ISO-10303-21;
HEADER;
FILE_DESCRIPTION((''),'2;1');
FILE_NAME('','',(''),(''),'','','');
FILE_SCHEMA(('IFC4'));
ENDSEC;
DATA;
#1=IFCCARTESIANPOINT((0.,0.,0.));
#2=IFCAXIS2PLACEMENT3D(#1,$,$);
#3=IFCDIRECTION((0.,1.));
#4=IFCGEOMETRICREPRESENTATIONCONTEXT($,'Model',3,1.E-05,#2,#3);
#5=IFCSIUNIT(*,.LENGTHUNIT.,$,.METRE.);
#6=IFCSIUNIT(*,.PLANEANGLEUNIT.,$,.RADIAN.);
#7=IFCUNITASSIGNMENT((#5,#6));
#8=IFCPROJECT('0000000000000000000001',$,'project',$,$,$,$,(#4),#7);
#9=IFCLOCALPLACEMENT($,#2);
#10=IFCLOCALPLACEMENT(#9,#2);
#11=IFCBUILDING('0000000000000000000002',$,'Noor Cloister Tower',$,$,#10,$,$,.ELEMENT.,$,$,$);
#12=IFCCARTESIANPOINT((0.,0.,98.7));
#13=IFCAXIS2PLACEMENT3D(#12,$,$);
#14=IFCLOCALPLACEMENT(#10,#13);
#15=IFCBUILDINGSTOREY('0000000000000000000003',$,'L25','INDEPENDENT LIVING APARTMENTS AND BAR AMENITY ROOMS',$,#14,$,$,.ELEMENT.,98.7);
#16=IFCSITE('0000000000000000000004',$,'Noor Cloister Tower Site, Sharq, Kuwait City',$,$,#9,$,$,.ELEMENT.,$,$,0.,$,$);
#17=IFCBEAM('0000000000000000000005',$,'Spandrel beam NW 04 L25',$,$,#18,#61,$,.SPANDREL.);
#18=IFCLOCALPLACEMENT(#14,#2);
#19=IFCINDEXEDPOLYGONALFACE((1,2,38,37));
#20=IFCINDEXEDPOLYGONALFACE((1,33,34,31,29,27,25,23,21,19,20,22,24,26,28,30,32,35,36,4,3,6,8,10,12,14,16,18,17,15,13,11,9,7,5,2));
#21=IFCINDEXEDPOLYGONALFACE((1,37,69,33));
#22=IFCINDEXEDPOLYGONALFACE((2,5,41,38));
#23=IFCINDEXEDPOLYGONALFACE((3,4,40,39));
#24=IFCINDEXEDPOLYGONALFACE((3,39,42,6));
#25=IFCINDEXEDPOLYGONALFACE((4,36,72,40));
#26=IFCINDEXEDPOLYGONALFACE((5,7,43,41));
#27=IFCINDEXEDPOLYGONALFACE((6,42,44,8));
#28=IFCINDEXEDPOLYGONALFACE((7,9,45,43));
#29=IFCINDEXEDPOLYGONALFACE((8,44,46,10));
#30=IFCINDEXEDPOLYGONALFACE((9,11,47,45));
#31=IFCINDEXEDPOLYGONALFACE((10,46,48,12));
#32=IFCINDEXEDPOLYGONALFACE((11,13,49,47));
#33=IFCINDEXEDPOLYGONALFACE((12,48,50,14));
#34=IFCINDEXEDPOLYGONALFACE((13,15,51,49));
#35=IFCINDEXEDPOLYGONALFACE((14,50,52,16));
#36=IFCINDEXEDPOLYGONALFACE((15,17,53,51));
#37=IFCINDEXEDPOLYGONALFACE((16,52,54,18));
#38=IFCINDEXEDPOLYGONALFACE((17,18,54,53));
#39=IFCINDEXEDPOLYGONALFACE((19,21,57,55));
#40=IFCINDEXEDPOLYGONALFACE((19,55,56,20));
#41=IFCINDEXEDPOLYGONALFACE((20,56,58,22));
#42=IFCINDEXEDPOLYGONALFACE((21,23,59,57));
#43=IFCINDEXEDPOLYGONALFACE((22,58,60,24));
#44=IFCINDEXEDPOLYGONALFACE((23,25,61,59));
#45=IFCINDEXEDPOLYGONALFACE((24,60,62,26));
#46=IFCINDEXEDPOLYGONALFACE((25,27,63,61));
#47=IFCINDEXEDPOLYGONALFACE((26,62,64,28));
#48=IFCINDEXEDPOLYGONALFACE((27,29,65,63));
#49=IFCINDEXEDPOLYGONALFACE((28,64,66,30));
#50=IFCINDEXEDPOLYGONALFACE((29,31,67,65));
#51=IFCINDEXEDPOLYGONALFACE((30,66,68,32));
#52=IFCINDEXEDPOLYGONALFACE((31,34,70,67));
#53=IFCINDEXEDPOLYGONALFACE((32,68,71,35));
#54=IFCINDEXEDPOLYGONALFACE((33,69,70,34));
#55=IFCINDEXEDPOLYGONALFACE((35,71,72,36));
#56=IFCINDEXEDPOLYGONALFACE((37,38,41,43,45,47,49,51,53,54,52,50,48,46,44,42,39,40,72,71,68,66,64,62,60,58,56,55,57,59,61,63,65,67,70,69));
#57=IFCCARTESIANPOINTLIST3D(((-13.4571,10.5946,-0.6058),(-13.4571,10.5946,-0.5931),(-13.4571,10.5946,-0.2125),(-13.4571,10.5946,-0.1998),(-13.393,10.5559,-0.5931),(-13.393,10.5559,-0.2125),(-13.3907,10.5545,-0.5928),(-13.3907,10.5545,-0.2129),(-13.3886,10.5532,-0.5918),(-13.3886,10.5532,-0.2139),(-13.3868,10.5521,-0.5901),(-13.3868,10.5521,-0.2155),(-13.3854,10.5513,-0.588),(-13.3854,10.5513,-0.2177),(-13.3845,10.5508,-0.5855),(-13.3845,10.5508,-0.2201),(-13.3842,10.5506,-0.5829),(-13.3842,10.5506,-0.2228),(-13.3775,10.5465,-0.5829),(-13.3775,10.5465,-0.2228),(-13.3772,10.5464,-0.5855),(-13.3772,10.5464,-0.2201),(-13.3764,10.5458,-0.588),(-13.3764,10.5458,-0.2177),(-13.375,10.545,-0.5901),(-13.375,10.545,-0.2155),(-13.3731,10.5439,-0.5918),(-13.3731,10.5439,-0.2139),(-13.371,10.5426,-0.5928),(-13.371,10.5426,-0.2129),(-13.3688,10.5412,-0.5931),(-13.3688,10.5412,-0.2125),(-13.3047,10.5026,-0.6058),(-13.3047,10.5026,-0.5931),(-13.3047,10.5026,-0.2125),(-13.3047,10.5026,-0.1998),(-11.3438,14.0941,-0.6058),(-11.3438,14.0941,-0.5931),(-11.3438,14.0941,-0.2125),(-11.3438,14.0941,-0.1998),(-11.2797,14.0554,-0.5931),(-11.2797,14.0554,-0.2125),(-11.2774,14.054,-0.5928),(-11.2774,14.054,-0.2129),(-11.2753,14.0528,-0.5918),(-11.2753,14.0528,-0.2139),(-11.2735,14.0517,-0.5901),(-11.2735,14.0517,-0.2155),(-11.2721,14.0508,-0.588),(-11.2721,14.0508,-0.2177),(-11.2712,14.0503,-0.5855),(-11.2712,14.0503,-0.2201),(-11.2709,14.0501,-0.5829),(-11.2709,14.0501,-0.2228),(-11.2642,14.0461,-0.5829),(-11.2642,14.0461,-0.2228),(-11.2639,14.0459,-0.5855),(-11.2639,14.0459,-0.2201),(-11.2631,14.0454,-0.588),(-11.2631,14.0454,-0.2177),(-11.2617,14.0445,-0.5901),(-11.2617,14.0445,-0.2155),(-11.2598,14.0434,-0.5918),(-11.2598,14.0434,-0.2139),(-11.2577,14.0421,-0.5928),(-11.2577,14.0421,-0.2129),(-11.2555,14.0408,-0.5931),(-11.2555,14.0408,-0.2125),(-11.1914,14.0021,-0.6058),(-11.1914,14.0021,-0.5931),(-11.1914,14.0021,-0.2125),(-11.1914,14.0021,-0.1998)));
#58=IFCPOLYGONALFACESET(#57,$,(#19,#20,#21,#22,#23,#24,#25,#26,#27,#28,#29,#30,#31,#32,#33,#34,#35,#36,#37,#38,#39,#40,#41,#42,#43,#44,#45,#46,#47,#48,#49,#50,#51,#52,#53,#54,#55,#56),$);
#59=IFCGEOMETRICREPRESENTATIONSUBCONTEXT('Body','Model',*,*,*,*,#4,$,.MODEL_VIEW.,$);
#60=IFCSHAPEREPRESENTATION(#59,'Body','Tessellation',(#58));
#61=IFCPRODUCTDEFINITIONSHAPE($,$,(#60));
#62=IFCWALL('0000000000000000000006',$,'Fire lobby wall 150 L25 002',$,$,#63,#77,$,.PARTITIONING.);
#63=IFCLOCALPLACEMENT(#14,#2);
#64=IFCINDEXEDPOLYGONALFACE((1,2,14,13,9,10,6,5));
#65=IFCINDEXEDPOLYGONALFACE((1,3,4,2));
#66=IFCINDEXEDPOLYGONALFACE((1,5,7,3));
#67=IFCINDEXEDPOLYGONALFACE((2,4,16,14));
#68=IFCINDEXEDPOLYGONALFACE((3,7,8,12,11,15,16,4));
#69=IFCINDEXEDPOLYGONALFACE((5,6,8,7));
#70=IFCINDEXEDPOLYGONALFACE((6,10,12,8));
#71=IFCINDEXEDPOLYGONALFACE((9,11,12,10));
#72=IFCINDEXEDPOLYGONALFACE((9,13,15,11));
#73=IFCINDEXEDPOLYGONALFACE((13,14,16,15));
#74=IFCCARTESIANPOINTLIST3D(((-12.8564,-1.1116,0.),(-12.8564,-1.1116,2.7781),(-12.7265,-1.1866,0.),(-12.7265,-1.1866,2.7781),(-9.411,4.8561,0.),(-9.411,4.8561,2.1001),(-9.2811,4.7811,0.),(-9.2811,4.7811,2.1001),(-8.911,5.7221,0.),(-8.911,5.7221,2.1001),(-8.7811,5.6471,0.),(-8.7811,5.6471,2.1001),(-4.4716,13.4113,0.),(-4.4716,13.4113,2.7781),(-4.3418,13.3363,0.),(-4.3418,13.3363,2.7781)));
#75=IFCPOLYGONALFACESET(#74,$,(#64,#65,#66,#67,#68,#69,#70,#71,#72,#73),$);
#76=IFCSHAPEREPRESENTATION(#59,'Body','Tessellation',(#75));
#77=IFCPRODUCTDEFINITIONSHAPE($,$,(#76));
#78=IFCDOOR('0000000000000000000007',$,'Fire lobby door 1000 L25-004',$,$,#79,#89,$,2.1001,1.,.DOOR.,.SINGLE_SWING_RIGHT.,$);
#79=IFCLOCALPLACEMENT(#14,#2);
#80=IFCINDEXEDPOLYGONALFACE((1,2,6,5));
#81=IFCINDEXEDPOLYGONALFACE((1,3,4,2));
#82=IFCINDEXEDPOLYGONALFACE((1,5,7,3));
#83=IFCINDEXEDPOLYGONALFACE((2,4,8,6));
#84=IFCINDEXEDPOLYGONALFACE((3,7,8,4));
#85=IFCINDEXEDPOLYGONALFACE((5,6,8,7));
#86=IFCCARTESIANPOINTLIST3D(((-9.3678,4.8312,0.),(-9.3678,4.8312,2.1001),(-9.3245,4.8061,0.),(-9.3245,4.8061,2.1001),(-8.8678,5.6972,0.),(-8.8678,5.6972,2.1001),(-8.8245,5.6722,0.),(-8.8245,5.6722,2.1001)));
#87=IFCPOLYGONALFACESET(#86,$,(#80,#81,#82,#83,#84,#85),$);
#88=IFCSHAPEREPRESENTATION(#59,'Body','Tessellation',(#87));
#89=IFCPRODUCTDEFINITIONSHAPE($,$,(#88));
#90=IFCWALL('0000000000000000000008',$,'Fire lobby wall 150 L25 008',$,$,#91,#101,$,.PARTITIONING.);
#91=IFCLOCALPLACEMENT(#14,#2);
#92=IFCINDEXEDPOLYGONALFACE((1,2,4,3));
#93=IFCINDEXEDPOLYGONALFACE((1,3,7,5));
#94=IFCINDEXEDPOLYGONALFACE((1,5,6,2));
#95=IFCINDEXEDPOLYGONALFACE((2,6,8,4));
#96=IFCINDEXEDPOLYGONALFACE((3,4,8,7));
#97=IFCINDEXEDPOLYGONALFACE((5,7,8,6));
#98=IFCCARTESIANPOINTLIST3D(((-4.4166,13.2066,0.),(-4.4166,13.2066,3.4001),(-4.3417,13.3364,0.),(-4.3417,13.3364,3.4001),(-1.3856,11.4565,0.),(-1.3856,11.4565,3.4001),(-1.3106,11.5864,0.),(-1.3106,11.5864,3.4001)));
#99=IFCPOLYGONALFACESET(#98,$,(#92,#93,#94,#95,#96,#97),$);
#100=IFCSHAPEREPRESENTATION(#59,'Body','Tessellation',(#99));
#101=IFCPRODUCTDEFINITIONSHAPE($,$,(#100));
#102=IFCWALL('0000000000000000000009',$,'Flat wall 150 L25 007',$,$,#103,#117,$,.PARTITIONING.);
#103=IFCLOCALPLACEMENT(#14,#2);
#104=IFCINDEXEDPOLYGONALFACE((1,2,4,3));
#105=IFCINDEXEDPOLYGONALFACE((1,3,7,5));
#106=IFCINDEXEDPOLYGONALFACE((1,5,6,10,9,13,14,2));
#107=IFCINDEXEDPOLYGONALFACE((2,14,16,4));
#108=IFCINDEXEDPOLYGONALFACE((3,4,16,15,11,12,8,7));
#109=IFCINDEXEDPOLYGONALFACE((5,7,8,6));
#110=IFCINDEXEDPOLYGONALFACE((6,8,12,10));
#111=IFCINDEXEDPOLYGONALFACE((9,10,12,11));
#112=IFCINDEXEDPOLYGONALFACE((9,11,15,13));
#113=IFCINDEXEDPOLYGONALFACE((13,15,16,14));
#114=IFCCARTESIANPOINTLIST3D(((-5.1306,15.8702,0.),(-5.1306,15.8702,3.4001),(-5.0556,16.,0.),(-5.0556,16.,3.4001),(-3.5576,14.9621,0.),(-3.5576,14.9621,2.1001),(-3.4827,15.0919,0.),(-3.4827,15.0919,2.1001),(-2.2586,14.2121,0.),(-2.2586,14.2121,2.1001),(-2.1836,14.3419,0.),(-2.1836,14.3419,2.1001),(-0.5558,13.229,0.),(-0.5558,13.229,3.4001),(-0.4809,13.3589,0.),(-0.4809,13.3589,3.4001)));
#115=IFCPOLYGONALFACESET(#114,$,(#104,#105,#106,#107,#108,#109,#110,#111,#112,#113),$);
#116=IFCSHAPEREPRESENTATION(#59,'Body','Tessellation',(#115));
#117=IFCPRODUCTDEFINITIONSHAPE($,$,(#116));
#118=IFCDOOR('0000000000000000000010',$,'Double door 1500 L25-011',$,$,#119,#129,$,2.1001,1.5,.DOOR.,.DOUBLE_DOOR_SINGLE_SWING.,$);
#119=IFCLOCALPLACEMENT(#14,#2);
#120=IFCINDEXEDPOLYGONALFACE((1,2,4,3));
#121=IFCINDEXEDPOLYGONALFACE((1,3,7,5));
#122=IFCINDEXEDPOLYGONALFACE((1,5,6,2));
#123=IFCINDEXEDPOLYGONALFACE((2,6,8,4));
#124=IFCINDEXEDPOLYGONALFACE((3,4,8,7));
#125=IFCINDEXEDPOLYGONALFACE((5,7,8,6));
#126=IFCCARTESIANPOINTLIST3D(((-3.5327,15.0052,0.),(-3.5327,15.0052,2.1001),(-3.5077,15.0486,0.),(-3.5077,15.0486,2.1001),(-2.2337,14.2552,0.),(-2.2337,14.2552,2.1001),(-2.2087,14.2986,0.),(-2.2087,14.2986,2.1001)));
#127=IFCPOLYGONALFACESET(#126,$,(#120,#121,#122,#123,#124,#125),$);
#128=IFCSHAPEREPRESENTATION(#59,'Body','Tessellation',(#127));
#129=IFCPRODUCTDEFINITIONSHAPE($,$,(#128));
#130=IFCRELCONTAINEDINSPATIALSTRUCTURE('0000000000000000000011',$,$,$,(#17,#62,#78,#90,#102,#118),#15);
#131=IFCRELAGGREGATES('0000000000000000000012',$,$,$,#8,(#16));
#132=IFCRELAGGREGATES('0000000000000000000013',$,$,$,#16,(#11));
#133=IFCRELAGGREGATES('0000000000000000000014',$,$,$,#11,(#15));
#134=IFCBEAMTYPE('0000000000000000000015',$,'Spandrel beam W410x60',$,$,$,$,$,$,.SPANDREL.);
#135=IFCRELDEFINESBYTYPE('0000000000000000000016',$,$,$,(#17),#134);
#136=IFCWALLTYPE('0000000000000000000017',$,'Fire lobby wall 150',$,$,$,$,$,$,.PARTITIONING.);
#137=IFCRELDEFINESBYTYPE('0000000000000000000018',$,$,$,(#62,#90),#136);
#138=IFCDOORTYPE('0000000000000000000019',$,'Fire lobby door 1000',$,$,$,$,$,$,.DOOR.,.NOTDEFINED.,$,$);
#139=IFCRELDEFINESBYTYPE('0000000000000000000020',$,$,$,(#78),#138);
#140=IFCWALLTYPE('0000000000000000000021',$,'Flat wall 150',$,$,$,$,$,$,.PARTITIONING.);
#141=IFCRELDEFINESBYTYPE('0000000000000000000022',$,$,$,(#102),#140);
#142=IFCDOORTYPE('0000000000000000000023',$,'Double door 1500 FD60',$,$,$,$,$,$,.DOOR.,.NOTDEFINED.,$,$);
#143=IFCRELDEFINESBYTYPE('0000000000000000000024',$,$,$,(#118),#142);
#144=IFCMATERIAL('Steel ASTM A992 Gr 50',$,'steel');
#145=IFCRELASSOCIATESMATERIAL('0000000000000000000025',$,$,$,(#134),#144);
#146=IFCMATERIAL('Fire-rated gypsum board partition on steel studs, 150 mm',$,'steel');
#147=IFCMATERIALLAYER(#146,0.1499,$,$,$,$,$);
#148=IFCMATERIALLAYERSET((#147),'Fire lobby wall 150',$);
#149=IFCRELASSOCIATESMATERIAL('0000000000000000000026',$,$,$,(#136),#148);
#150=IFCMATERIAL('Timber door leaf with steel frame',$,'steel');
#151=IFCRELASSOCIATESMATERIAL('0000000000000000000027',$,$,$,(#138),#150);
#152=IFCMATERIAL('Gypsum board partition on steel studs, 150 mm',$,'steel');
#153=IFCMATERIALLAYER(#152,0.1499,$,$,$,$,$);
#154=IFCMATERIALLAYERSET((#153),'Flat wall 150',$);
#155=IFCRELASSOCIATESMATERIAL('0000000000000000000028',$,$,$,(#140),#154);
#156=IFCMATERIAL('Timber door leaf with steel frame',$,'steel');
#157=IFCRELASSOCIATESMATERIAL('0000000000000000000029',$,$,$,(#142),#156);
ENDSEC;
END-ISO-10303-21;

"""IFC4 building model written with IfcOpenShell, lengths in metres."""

from ifc_helpers import new_model, si_unit, direction, frame, frame_2d, origin, origin_2d, place, context, subcontext, project, spatial, rectangle, i_section, extrude, material, layer, layer_set, material_profile, profile_set, type_object, element, fill, save


model = new_model("IFC4")

# Units and contexts
model_context = context("Model", 3, precision=1e-05, world=origin(), true_north=direction((0.0, 1.0)))
body_context = subcontext(model_context, "Body", "Model", "MODEL_VIEW")
ifc_project = project(units=[si_unit("LENGTHUNIT", "METRE"), si_unit("PLANEANGLEUNIT", "RADIAN")], contexts=[model_context])

# Site, building, storey
site_placement = place(None, origin())
site = spatial("IfcSite", under=ifc_project, at=site_placement, Name="Noor Cloister Tower Site, Sharq, Kuwait City", CompositionType="ELEMENT", RefElevation=0.0)
building_placement = place(site_placement, origin())
building = spatial("IfcBuilding", under=site, at=building_placement, Name="Noor Cloister Tower", CompositionType="ELEMENT")
storey_placement = place(building_placement, frame((0.0, 0.0, 98.7)))
storey = spatial("IfcBuildingStorey", under=building, at=storey_placement, Name="L25", Description="INDEPENDENT LIVING APARTMENTS AND BAR AMENITY ROOMS", CompositionType="ELEMENT", Elevation=98.7)

# Beam
ifc_material_1 = material(Name="Steel ASTM A992 Gr 50", Category="steel")
ifc_material_profile_1 = material_profile(ifc_material_1, i_section(OverallWidth=0.178, OverallDepth=0.406, WebThickness=0.0078, FlangeThickness=0.0127, FilletRadius=0.0103, at=origin_2d()), Name="W410x60")
ifc_profile_set_1 = profile_set([ifc_material_profile_1], Name="Steel ASTM A992 Gr 50")
beam_type_1 = type_object("IfcBeamType", Name="Spandrel beam W410x60", PredefinedType="SPANDREL", material=ifc_profile_set_1)
for number, where, z_axis, x_axis, name in (
    (1, (-11.2676, 14.0481, -0.4028), (-0.516935, -0.856025, 0.0), (0.856025, -0.516935, 0.0), "Spandrel beam NW 04 L25"),
):
    element("IfcBeam", number, at=place(storey_placement, frame(where, z_axis=z_axis, x_axis=x_axis)), inside=storey, type_object=beam_type_1, Name=name, PredefinedType="SPANDREL", context=body_context, shape_type="SweptSolid", body=[
        extrude(i_section(OverallWidth=0.178, OverallDepth=0.406, WebThickness=0.0078, FlangeThickness=0.0127, FilletRadius=0.0103, at=origin_2d()), origin(), (0.0, 0.0, 1.0), 4.0881),
    ])

# Wall, opening, door
ifc_material_2 = material(Name="Fire-rated gypsum board partition on steel studs, 150 mm", Category="steel")
ifc_layer_1 = layer(ifc_material_2, 0.1499)
ifc_layer_set_1 = layer_set([ifc_layer_1], Name="Fire lobby wall 150")
wall_type_1 = type_object("IfcWallType", Name="Fire lobby wall 150", PredefinedType="PARTITIONING", material=ifc_layer_set_1)
wall_1_placement = place(storey_placement, frame((-4.4067, 13.3738, 0.0), z_axis=(0.0, 0.0, 1.0), x_axis=(-0.499997, -0.866027, 0.0)))
wall_1 = element("IfcWall", 2, at=wall_1_placement, inside=storey, type_object=wall_type_1, Name="Fire lobby wall 150 L25 002", PredefinedType="PARTITIONING", context=body_context, shape_type="SweptSolid", body=[
    extrude(rectangle(XDim=16.7695, YDim=0.1499, at=frame_2d((8.3848, 0.0))), origin(), (0.0, 0.0, 1.0), 2.7781),
])
opening_1_placement = place(wall_1_placement, frame((8.8787, 0.0, 0.0)))
opening_1 = element("IfcOpeningElement", 3, at=opening_1_placement, cuts=wall_1, PredefinedType="OPENING", context=body_context, shape_type="SweptSolid", body=[
    extrude(rectangle(XDim=1.0, YDim=2.1001, at=frame_2d((0.5, 1.05))), frame((0.0, 0.085, 0.0), z_axis=(0.0, -1.0, 0.0), x_axis=(1.0, 0.0, 0.0)), (0.0, 0.0, 1.0), 0.1699),
])
ifc_material_3 = material(Name="Timber door leaf with steel frame", Category="steel")
door_type_1 = type_object("IfcDoorType", Name="Fire lobby door 1000", OperationType="NOTDEFINED", PredefinedType="DOOR", material=ifc_material_3)
door_1_placement = place(opening_1_placement, origin())
door_1 = element("IfcDoor", 4, at=door_1_placement, inside=storey, type_object=door_type_1, Name="Fire lobby door 1000 L25-004", OperationType="SINGLE_SWING_RIGHT", OverallHeight=2.1001, OverallWidth=1.0, PredefinedType="DOOR", context=body_context, shape_type="SweptSolid", body=[
    extrude(rectangle(XDim=1.0, YDim=2.1001, at=frame_2d((0.5, 1.05))), frame((0.0, 0.0249, 0.0), z_axis=(0.0, -1.0, 0.0), x_axis=(1.0, 0.0, 0.0)), (0.0, 0.0, 1.0), 0.05),
])
fill(opening_1, door_1)

# Wall
wall_2_placement = place(storey_placement, frame((-4.3792, 13.2715, 0.0), z_axis=(0.0, 0.0, 1.0), x_axis=(0.866019, -0.50001, 0.0)))
element("IfcWall", 5, at=wall_2_placement, inside=storey, type_object=wall_type_1, Name="Fire lobby wall 150 L25 008", PredefinedType="PARTITIONING", context=body_context, shape_type="SweptSolid", body=[
    extrude(rectangle(XDim=3.5, YDim=0.1499, at=frame_2d((1.75, 0.0))), origin(), (0.0, 0.0, 1.0), 3.4001),
])

# Wall, opening, door
ifc_material_4 = material(Name="Gypsum board partition on steel studs, 150 mm", Category="steel")
ifc_layer_2 = layer(ifc_material_4, 0.1499)
ifc_layer_set_2 = layer_set([ifc_layer_2], Name="Flat wall 150")
wall_type_2 = type_object("IfcWallType", Name="Flat wall 150", PredefinedType="PARTITIONING", material=ifc_layer_set_2)
wall_3_placement = place(storey_placement, frame((-5.093, 15.9351, 0.0), z_axis=(0.0, 0.0, 1.0), x_axis=(0.866033, -0.499987, 0.0)))
wall_3 = element("IfcWall", 6, at=wall_3_placement, inside=storey, type_object=wall_type_2, Name="Flat wall 150 L25 007", PredefinedType="PARTITIONING", context=body_context, shape_type="SweptSolid", body=[
    extrude(rectangle(XDim=5.2825, YDim=0.1499, at=frame_2d((2.6411, 0.0))), origin(), (0.0, 0.0, 1.0), 3.4001),
])
opening_2_placement = place(wall_3_placement, frame((1.8162, 0.0, 0.0)))
opening_2 = element("IfcOpeningElement", 7, at=opening_2_placement, cuts=wall_3, PredefinedType="OPENING", context=body_context, shape_type="SweptSolid", body=[
    extrude(rectangle(XDim=1.5, YDim=2.1001, at=frame_2d((0.75, 1.05))), frame((0.0, 0.085, 0.0), z_axis=(0.0, -1.0, 0.0), x_axis=(1.0, 0.0, 0.0)), (0.0, 0.0, 1.0), 0.1699),
])
ifc_material_5 = material(Name="Timber door leaf with steel frame", Category="steel")
door_type_2 = type_object("IfcDoorType", Name="Double door 1500 FD60", OperationType="NOTDEFINED", PredefinedType="DOOR", material=ifc_material_5)
door_2_placement = place(opening_2_placement, origin())
door_2 = element("IfcDoor", 8, at=door_2_placement, inside=storey, type_object=door_type_2, Name="Double door 1500 L25-011", OperationType="DOUBLE_DOOR_SINGLE_SWING", OverallHeight=2.1001, OverallWidth=1.5, PredefinedType="DOOR", context=body_context, shape_type="SweptSolid", body=[
    extrude(rectangle(XDim=1.5, YDim=2.1001, at=frame_2d((0.75, 1.05))), frame((0.0, 0.0249, 0.0), z_axis=(0.0, -1.0, 0.0), x_axis=(1.0, 0.0, 0.0)), (0.0, 0.0, 1.0), 0.05),
])
fill(opening_2, door_2)

save(model, "model.ifc")
